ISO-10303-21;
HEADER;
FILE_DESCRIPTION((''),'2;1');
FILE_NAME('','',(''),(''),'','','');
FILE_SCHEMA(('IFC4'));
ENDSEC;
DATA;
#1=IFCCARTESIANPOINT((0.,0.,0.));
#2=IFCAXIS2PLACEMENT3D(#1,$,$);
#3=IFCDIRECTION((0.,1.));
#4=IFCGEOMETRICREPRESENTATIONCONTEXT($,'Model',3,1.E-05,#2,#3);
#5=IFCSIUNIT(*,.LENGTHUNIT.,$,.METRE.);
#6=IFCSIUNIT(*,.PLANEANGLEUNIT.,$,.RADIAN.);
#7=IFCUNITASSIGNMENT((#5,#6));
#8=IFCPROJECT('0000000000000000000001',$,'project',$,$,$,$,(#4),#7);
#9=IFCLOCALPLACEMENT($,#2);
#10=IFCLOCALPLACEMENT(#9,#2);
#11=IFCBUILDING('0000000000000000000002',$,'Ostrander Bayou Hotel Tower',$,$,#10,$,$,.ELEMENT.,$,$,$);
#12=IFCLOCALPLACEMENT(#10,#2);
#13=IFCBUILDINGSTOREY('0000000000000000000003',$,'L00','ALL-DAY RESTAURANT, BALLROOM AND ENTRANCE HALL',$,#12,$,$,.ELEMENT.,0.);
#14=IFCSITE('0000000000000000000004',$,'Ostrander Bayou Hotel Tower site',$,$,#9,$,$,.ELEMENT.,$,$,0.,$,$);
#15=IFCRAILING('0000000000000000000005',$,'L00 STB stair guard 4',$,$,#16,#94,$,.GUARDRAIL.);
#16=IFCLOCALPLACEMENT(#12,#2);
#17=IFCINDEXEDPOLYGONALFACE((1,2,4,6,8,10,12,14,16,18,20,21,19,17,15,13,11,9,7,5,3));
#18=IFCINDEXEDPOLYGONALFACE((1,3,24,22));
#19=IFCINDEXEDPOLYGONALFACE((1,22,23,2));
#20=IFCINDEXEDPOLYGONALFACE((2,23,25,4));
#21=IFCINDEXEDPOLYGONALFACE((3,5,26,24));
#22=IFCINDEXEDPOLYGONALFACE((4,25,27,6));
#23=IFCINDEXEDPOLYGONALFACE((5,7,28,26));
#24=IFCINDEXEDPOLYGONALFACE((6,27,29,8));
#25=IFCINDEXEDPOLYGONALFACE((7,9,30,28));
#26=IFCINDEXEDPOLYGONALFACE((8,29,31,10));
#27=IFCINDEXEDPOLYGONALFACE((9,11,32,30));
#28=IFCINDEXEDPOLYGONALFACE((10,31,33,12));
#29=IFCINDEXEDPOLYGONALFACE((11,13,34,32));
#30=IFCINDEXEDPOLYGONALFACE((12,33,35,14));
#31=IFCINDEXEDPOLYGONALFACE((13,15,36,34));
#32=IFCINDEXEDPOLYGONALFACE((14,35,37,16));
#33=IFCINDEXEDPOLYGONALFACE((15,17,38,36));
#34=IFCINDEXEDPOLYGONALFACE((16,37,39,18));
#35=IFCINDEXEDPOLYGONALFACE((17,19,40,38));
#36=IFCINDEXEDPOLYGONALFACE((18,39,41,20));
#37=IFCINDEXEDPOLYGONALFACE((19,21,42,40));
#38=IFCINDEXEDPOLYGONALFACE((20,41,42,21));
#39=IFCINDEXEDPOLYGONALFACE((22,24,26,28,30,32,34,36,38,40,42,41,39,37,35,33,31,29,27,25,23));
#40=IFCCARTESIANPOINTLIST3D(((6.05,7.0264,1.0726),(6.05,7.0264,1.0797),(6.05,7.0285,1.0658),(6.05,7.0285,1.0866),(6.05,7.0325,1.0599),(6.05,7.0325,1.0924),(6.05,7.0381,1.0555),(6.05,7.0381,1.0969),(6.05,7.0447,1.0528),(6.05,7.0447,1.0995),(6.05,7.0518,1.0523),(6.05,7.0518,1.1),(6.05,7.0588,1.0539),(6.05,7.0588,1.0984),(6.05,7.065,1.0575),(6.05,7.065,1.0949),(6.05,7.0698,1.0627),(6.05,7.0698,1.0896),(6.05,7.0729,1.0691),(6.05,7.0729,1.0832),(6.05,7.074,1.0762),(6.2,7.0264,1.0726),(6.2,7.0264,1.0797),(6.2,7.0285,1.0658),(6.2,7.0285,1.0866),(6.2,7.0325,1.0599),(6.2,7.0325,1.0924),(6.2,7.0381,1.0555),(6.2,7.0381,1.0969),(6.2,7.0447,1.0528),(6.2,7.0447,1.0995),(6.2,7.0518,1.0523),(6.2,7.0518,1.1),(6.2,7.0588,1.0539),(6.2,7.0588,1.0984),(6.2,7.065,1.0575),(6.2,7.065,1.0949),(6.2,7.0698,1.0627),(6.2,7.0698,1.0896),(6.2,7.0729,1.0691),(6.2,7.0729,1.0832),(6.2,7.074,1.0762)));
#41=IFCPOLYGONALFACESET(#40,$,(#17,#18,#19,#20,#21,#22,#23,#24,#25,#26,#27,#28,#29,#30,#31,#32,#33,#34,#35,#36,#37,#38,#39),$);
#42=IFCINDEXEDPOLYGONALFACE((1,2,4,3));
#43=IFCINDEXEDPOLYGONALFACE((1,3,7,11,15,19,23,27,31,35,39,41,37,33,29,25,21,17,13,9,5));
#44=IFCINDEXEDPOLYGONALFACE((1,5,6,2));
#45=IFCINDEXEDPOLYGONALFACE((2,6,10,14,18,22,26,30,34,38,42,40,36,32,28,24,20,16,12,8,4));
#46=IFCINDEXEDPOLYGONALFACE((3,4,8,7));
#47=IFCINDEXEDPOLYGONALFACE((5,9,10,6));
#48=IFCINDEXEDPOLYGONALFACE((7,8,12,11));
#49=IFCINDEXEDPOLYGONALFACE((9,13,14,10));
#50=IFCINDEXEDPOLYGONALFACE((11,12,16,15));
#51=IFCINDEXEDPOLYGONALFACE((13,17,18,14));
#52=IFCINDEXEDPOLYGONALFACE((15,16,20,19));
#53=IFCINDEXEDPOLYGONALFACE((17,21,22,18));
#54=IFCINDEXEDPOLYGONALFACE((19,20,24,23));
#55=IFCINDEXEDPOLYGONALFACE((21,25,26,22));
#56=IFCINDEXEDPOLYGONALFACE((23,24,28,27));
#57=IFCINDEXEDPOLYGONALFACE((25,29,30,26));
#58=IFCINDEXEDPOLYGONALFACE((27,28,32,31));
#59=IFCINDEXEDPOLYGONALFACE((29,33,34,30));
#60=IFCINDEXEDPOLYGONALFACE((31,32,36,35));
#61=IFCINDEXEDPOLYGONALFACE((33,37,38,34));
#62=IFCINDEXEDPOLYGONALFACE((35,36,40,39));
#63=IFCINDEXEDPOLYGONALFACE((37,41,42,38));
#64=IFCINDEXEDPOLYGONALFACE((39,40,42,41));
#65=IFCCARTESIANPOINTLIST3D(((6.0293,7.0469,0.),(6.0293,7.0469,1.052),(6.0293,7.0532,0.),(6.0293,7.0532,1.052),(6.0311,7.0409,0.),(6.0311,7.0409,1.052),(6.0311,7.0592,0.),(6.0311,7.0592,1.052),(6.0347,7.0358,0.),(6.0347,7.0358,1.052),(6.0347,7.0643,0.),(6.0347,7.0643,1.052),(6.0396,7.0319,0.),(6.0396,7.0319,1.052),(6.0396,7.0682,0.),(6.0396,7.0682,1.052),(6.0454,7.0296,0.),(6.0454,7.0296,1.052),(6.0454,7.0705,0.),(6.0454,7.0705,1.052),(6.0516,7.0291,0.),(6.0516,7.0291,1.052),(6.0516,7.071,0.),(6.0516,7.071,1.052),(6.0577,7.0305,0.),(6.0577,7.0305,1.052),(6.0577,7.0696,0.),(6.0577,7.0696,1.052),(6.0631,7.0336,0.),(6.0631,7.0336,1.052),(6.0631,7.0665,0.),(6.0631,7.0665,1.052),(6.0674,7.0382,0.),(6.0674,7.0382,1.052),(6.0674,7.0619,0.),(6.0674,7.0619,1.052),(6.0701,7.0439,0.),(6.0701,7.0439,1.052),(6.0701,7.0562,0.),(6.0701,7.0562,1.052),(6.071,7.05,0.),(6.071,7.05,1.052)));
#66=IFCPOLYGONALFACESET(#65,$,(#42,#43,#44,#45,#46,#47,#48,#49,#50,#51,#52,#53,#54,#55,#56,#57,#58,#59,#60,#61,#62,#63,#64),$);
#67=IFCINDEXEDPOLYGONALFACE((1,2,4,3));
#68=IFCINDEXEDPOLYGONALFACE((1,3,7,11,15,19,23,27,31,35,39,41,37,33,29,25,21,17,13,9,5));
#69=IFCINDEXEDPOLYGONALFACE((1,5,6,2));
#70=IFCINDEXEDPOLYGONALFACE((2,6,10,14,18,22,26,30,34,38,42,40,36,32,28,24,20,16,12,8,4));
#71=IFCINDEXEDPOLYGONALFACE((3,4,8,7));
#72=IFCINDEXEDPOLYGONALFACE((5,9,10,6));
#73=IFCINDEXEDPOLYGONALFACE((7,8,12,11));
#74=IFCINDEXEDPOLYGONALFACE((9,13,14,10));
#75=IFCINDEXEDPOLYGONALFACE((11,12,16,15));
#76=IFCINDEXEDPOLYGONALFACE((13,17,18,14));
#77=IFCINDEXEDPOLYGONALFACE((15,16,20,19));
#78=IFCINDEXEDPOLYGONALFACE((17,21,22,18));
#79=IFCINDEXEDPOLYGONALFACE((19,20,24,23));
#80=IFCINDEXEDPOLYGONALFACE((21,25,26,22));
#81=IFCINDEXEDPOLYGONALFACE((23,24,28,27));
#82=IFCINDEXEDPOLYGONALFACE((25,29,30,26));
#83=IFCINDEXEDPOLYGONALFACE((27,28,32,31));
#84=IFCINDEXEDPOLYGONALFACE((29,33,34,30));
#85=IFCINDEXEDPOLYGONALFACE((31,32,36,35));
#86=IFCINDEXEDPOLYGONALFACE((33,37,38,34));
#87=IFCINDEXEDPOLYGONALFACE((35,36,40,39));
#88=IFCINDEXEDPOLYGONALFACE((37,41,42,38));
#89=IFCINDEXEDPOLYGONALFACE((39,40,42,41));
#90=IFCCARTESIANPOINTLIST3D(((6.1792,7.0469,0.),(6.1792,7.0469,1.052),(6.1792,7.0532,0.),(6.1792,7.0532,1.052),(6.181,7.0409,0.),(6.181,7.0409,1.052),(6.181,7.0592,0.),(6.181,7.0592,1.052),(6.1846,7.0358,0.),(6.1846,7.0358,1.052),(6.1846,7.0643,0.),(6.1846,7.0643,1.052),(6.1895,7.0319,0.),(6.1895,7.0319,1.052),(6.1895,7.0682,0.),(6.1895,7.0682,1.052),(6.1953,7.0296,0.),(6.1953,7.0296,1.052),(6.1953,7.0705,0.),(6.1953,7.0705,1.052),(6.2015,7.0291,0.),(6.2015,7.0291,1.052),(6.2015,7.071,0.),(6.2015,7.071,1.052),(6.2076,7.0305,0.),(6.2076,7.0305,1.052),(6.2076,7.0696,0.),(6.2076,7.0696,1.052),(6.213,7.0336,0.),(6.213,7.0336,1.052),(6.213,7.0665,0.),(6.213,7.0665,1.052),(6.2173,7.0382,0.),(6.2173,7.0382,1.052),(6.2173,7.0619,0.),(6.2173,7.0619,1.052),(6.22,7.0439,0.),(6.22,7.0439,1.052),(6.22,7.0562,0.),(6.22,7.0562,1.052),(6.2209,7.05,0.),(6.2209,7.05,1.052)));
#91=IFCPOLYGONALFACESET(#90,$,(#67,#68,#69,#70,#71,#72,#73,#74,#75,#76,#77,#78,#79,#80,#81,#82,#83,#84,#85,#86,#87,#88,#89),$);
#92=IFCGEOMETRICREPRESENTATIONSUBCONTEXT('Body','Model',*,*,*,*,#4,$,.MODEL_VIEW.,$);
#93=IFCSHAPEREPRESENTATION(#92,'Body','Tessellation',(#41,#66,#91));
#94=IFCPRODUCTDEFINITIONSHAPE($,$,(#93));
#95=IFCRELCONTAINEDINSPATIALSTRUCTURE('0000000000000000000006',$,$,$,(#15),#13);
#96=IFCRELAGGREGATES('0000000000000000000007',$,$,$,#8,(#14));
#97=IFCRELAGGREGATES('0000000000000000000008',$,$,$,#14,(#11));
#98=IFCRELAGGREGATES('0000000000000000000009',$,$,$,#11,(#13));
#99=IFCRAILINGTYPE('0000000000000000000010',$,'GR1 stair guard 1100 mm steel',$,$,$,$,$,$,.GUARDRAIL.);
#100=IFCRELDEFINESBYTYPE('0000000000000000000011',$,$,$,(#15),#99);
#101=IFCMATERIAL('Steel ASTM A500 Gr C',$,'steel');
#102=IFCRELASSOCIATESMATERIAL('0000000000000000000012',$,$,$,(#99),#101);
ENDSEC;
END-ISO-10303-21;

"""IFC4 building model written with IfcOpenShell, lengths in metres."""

from ifc_helpers import new_model, si_unit, direction, frame, origin, origin_2d, place, context, subcontext, project, spatial, circle, extrude, material, type_object, element, save


model = new_model("IFC4")

# Units and contexts
model_context = context("Model", 3, precision=1e-05, world=origin(), true_north=direction((0.0, 1.0)))
body_context = subcontext(model_context, "Body", "Model", "MODEL_VIEW")
ifc_project = project(units=[si_unit("LENGTHUNIT", "METRE"), si_unit("PLANEANGLEUNIT", "RADIAN")], contexts=[model_context])

# Site, building, storey
site_placement = place(None, origin())
site = spatial("IfcSite", under=ifc_project, at=site_placement, Name="Ostrander Bayou Hotel Tower site", CompositionType="ELEMENT", RefElevation=0.0)
building_placement = place(site_placement, origin())
building = spatial("IfcBuilding", under=site, at=building_placement, Name="Ostrander Bayou Hotel Tower", CompositionType="ELEMENT")
storey_placement = place(building_placement, origin())
storey = spatial("IfcBuildingStorey", under=building, at=storey_placement, Name="L00", Description="ALL-DAY RESTAURANT, BALLROOM AND ENTRANCE HALL", CompositionType="ELEMENT", Elevation=0.0)

# Railing
ifc_material_1 = material(Name="Steel ASTM A500 Gr C", Category="steel")
railing_type_1 = type_object("IfcRailingType", Name="GR1 stair guard 1100 mm steel", PredefinedType="GUARDRAIL", material=ifc_material_1)
railing_1_placement = place(storey_placement, frame((6.05, 7.05, 0.0)))
element("IfcRailing", 1, at=railing_1_placement, inside=storey, type_object=railing_type_1, Name="L00 STB stair guard 4", PredefinedType="GUARDRAIL", context=body_context, shape_type="SweptSolid", body=[
    extrude(circle(Radius=0.0239, at=origin_2d()), frame((0.0, 0.0, 1.0762), z_axis=(1.0, 0.0, 0.0), x_axis=(0.0, 1.0, 0.0)), (0.0, 0.0, 1.0), 0.1499),
    extrude(circle(Radius=0.021, at=origin_2d()), origin(), (0.0, 0.0, 1.0), 1.052),
    extrude(circle(Radius=0.021, at=origin_2d()), frame((0.1499, 0.0, 0.0)), (0.0, 0.0, 1.0), 1.052),
])

save(model, "model.ifc")
